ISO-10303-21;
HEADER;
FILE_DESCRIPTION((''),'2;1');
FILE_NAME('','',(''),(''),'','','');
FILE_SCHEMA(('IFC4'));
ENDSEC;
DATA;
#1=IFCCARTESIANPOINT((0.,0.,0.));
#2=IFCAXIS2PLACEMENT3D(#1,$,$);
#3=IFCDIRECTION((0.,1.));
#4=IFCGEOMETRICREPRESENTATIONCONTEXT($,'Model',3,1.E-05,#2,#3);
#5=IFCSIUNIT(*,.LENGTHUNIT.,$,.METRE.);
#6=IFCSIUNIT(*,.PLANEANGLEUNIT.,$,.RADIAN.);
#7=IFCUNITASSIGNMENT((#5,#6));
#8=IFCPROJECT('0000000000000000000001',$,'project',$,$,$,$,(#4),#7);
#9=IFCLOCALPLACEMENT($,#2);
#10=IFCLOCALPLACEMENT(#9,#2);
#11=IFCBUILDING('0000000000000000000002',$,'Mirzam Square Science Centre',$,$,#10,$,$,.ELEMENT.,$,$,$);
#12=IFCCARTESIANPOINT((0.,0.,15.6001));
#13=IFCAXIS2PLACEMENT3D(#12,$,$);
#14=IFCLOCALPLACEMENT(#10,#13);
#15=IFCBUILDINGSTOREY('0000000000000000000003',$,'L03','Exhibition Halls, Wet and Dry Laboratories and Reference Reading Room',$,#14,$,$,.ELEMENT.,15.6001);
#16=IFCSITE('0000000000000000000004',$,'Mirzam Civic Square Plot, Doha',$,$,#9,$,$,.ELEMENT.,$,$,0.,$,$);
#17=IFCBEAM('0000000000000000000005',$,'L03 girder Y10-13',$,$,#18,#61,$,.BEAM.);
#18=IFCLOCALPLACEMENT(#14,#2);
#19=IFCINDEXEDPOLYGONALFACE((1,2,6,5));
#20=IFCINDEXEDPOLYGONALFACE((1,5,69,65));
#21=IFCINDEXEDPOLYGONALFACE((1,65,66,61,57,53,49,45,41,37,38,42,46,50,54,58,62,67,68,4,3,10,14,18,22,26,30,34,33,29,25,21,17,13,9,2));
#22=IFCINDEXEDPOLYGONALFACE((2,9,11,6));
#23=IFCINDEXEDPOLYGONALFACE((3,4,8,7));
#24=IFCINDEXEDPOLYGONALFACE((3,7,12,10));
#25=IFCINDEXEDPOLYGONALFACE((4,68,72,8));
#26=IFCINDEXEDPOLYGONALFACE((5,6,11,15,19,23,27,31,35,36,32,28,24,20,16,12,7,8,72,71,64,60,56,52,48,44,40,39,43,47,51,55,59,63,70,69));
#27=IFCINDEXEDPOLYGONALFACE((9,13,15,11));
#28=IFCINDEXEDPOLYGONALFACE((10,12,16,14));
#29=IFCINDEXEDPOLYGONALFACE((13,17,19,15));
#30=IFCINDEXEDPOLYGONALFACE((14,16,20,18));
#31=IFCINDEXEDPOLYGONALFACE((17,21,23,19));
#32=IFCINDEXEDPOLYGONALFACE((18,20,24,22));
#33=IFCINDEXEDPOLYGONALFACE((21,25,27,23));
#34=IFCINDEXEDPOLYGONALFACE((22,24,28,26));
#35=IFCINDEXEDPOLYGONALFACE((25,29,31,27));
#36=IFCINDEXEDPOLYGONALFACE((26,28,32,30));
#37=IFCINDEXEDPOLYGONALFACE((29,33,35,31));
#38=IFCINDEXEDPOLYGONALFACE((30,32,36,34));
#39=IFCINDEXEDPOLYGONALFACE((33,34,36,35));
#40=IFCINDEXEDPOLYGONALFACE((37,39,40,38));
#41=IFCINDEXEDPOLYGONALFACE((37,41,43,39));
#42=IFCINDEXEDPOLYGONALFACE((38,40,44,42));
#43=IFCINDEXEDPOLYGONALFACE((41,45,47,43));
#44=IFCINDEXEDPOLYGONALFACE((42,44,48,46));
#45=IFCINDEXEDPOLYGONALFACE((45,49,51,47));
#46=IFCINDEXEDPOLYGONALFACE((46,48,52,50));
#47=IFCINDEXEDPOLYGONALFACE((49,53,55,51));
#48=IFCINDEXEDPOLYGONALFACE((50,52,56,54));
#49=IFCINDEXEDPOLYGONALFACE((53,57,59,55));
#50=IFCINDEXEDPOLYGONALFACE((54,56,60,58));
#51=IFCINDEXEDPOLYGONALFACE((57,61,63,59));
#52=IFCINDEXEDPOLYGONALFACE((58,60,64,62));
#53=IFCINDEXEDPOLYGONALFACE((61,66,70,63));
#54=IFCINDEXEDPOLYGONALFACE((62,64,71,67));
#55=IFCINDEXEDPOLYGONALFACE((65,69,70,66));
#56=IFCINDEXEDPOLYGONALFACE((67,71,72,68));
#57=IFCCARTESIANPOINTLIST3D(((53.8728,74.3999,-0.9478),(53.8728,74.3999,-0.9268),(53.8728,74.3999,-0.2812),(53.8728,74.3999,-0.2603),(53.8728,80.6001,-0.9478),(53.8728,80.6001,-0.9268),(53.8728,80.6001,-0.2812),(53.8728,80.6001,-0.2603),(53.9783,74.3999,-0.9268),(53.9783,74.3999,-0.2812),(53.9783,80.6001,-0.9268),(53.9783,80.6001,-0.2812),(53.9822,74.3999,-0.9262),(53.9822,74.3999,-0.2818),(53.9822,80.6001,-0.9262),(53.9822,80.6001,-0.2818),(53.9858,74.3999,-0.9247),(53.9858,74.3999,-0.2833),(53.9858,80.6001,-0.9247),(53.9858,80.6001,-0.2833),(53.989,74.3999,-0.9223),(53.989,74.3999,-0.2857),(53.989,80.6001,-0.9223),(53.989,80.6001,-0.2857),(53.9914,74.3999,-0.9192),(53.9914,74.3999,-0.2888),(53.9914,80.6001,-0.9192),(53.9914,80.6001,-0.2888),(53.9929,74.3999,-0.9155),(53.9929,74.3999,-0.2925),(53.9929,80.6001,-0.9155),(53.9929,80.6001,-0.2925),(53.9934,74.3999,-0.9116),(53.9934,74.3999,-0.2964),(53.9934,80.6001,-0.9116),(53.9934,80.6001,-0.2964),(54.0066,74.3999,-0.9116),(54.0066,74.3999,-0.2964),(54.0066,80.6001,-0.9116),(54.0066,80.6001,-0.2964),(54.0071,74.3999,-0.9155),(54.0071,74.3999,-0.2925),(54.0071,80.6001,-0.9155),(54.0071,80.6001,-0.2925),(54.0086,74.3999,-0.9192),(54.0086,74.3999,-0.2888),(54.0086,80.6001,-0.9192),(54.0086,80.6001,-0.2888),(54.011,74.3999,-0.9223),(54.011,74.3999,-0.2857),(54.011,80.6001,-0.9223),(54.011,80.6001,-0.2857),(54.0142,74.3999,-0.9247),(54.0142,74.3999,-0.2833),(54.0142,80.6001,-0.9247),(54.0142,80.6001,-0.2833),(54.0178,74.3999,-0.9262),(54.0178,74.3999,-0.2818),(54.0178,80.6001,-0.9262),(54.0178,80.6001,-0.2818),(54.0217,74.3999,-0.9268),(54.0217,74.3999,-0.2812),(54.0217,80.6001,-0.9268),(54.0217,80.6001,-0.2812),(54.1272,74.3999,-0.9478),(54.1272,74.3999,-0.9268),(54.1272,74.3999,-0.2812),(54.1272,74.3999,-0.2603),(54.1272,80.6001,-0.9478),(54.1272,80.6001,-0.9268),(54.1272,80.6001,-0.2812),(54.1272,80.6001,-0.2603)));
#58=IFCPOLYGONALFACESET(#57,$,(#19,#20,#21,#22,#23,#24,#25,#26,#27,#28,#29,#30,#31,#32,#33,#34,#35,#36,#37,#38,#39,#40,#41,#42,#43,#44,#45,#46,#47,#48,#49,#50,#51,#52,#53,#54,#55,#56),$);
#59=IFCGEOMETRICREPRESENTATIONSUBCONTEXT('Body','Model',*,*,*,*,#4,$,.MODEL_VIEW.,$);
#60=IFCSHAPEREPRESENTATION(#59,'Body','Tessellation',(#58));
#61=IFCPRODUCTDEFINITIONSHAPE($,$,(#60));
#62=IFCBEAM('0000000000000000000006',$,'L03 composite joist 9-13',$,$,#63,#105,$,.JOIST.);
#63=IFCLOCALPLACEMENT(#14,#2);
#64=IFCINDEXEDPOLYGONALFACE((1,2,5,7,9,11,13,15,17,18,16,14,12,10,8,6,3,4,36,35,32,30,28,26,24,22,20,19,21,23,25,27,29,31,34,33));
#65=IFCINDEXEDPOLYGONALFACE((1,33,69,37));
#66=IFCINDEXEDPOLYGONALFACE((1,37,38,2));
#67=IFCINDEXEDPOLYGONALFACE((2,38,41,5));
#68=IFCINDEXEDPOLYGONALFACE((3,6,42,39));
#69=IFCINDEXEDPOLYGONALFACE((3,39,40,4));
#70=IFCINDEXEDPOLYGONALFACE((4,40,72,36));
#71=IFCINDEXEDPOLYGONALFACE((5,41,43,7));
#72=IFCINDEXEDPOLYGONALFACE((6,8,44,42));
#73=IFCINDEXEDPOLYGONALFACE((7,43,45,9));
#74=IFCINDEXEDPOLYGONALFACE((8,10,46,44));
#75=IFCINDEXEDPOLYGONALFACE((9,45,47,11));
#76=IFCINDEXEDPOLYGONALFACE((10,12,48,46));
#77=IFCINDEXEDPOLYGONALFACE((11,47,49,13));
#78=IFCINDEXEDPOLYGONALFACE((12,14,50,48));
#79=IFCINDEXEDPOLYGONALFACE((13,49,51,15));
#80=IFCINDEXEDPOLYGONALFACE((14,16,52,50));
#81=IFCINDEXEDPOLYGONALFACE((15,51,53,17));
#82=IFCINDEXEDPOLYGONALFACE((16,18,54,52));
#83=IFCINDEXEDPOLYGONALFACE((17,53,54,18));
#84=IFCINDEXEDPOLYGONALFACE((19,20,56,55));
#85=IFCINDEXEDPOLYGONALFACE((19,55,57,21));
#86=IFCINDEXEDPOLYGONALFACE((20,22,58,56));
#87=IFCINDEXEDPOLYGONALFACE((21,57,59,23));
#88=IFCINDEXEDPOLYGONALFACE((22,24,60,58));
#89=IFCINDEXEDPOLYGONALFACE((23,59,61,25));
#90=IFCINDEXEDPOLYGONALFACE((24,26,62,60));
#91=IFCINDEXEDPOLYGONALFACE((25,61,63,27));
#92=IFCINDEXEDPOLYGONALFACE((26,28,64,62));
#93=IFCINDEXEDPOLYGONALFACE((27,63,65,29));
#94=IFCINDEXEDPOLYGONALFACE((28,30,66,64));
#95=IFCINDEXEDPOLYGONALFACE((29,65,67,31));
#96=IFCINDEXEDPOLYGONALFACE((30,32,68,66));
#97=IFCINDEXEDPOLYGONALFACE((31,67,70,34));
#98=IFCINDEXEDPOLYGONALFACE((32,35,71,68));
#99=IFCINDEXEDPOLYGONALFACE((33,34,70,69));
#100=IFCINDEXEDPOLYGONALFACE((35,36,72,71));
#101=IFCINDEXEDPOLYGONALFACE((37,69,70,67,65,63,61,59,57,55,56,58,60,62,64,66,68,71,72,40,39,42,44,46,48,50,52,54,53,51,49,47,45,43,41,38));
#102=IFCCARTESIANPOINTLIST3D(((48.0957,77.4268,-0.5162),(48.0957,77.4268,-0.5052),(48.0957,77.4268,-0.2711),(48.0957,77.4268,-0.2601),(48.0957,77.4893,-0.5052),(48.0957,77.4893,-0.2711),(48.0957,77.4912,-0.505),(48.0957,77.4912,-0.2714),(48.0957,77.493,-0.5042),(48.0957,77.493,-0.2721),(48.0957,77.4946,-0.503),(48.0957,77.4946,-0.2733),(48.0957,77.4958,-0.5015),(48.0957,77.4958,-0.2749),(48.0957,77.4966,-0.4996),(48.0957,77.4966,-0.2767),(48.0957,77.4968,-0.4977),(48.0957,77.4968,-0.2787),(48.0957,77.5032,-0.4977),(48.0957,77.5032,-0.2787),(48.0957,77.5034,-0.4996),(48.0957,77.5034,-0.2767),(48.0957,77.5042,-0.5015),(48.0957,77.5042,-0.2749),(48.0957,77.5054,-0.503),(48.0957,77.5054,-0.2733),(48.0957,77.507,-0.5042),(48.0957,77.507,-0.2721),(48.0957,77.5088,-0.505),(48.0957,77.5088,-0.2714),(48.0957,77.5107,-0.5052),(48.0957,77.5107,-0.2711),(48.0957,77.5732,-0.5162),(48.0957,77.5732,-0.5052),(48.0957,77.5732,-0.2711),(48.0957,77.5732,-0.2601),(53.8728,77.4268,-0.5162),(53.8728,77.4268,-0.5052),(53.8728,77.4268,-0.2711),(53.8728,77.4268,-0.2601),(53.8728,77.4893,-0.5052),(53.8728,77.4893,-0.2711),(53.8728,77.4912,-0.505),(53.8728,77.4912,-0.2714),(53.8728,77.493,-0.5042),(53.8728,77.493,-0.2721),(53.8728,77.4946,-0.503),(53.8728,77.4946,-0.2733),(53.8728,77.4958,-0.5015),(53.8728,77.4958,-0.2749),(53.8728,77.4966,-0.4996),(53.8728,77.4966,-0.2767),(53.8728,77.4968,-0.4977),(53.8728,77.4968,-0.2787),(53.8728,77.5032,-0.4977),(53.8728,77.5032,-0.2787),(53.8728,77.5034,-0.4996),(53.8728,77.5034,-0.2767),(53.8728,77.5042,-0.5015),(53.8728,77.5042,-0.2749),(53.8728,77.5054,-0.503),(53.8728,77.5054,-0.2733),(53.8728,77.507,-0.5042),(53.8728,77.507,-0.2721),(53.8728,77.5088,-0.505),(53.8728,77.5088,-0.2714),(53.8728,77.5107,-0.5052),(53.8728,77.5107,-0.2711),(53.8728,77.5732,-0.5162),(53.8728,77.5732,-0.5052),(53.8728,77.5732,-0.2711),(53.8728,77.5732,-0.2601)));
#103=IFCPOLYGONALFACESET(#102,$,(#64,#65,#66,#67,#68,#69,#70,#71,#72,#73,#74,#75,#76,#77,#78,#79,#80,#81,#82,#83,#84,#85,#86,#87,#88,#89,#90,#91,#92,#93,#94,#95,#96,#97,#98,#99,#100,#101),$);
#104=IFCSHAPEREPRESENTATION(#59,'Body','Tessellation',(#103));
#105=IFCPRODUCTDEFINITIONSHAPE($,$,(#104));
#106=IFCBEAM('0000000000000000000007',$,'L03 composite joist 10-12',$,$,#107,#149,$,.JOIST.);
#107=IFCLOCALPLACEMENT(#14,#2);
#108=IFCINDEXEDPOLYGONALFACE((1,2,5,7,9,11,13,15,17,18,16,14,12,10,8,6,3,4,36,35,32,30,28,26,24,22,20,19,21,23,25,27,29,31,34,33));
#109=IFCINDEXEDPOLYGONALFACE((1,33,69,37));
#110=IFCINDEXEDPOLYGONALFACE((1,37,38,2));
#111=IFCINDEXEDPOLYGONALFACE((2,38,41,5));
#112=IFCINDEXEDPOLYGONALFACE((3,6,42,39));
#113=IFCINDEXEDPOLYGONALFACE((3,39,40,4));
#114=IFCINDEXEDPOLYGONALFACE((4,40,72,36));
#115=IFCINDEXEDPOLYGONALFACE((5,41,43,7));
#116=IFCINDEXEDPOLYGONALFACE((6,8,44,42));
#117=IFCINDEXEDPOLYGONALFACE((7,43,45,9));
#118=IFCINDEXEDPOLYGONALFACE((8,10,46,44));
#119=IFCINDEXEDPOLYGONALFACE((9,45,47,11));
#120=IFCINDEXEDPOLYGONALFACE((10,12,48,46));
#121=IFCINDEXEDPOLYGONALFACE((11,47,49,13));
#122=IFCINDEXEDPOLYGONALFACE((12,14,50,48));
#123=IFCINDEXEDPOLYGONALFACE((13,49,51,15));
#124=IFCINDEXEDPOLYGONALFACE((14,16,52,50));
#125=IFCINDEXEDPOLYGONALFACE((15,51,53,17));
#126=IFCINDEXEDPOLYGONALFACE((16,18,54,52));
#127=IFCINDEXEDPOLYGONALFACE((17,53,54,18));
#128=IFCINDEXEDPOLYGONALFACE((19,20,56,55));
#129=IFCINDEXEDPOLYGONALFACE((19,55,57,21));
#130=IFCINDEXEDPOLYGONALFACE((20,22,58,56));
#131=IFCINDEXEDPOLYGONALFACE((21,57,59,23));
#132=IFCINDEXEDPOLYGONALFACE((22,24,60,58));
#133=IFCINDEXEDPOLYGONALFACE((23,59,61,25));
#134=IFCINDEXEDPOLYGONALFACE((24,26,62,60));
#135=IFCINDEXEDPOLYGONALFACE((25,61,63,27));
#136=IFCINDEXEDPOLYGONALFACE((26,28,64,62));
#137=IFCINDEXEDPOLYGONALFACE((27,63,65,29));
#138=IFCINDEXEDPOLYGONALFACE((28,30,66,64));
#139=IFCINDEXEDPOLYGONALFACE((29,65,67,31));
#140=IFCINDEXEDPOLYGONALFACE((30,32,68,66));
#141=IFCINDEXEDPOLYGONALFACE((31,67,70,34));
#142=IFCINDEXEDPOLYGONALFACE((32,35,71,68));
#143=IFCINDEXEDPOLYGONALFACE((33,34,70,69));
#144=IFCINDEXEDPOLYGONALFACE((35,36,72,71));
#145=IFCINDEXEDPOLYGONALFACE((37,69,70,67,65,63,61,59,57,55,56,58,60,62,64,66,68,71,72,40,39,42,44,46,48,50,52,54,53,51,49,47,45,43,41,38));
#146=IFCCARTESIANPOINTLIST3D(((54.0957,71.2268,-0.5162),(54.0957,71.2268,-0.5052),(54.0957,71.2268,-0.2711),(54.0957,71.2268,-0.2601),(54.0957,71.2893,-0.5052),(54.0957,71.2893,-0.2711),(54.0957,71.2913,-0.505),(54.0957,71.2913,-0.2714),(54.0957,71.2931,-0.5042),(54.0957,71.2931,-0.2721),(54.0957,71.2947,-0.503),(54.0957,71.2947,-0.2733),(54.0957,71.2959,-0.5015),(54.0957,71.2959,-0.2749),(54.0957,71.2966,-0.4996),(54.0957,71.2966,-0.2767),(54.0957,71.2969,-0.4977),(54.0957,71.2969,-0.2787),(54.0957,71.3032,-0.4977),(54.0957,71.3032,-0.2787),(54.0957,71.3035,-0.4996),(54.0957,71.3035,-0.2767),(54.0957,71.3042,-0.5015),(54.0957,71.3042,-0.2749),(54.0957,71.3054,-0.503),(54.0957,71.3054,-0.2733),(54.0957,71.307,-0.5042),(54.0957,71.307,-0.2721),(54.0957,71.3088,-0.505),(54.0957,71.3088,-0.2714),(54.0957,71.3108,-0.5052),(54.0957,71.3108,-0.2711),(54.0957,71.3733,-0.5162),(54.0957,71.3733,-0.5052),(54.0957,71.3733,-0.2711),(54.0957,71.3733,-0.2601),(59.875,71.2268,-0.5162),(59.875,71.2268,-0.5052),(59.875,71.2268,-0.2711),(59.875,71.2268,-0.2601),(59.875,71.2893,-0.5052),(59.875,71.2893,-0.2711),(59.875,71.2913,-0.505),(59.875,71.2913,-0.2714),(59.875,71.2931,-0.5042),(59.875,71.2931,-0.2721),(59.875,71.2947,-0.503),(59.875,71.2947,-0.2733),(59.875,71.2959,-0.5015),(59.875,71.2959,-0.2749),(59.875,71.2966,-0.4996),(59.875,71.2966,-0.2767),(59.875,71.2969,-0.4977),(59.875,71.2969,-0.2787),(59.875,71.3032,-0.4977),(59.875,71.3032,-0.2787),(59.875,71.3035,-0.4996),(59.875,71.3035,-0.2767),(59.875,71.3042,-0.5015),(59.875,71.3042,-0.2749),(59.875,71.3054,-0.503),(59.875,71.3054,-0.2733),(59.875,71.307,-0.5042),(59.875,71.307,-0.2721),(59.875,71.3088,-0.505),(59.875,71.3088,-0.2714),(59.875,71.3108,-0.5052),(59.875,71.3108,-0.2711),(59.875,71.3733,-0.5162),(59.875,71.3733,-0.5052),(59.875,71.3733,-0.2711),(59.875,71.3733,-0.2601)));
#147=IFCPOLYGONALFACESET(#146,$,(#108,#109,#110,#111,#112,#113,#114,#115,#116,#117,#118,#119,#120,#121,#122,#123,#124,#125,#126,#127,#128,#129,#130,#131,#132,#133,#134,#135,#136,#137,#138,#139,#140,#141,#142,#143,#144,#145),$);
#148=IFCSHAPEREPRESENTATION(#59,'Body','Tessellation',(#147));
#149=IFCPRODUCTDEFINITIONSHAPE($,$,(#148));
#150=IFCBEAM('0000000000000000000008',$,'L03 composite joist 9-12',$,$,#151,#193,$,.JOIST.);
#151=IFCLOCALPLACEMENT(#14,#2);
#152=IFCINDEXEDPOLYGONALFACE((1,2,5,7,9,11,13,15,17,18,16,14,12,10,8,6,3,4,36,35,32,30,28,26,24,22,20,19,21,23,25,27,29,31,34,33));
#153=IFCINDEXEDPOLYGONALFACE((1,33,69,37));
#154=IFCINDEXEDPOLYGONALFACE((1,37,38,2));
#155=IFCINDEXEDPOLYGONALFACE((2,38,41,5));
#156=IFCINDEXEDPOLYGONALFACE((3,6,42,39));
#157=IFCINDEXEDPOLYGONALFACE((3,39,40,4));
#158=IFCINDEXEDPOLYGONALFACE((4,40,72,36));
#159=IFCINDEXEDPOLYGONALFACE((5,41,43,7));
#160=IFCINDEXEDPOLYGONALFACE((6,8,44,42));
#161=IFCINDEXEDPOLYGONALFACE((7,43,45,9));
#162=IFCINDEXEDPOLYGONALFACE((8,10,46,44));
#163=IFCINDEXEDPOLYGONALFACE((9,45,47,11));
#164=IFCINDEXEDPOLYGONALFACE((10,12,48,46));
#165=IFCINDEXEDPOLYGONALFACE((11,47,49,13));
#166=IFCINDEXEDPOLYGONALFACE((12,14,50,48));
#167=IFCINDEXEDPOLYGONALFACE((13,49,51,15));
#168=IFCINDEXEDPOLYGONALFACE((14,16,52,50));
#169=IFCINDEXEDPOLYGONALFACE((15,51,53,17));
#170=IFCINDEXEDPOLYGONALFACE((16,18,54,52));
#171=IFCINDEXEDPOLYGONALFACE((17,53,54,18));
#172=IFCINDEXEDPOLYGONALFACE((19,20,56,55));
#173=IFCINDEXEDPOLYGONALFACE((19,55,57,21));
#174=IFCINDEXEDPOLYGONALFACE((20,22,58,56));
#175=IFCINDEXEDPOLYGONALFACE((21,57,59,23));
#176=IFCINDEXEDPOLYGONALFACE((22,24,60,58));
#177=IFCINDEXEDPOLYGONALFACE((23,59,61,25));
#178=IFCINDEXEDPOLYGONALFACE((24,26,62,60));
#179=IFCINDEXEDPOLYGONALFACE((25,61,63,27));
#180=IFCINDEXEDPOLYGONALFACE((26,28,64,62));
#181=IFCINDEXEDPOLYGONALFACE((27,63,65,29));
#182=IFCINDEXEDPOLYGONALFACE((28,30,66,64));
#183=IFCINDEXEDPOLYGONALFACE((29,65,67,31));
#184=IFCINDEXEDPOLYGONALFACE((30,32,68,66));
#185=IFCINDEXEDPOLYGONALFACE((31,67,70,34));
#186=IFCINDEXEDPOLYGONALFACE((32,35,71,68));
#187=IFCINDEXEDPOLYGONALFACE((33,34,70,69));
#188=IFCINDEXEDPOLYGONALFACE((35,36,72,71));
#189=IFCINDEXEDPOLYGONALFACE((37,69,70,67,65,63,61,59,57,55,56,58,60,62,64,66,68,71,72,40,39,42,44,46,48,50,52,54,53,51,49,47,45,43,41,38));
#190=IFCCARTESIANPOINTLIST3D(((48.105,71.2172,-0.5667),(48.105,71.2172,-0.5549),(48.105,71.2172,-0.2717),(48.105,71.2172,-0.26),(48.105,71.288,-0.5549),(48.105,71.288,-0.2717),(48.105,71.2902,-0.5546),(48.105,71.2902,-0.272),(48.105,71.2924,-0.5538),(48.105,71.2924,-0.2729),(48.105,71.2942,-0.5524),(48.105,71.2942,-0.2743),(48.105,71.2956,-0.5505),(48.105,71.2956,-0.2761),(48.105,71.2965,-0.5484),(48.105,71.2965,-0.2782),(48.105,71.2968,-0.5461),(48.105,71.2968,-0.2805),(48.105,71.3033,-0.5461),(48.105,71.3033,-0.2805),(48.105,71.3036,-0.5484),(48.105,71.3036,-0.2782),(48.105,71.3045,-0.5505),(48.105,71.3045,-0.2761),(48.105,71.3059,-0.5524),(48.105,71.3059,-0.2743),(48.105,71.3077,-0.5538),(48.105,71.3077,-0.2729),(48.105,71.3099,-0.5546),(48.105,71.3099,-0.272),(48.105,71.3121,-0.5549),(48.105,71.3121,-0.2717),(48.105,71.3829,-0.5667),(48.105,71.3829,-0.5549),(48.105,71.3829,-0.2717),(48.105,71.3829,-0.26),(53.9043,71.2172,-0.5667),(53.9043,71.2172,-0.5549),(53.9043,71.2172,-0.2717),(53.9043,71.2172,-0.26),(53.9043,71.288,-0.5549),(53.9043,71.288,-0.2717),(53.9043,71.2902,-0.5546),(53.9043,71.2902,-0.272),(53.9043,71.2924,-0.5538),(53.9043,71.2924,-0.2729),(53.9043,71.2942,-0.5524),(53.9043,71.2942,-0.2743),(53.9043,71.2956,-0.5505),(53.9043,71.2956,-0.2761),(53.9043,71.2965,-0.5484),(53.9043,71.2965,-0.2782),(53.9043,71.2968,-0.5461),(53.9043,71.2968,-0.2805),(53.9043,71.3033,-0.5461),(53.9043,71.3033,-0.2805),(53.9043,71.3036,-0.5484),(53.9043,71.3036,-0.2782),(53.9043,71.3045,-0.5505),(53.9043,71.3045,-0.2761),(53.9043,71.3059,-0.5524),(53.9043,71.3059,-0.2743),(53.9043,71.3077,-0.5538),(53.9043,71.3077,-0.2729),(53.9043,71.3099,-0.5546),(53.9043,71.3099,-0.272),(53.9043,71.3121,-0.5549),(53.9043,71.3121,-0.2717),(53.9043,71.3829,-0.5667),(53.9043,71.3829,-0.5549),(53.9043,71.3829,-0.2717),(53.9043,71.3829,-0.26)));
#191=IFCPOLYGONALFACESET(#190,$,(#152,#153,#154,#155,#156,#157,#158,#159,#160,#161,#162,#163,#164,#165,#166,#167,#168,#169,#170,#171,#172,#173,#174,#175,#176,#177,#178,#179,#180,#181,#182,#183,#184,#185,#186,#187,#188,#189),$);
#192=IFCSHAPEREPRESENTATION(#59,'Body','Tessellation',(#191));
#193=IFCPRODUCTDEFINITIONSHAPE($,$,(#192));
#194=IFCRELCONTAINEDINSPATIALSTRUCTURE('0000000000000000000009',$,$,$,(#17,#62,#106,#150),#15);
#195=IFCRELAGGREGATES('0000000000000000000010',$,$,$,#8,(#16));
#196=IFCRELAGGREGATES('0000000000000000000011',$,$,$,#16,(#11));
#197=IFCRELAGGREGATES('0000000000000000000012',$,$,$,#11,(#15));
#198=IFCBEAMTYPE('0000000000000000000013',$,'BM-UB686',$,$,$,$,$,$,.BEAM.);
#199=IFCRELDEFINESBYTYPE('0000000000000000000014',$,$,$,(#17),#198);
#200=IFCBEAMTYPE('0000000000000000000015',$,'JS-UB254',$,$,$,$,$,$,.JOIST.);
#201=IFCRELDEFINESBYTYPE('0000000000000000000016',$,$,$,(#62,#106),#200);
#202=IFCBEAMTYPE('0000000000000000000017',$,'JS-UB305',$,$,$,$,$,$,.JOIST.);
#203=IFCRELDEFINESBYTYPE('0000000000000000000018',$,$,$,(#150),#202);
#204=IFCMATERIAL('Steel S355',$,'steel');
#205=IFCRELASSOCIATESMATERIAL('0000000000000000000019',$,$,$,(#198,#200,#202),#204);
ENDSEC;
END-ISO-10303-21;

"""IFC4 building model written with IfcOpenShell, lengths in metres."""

from ifc_helpers import new_model, si_unit, direction, frame, origin, origin_2d, place, context, subcontext, project, spatial, i_section, extrude, material, material_profile, profile_set, type_object, element, save


model = new_model("IFC4")

# Units and contexts
model_context = context("Model", 3, precision=1e-05, world=origin(), true_north=direction((0.0, 1.0)))
body_context = subcontext(model_context, "Body", "Model", "MODEL_VIEW")
ifc_project = project(units=[si_unit("LENGTHUNIT", "METRE"), si_unit("PLANEANGLEUNIT", "RADIAN")], contexts=[model_context])

# Site, building, storey
site_placement = place(None, origin())
site = spatial("IfcSite", under=ifc_project, at=site_placement, Name="Mirzam Civic Square Plot, Doha", CompositionType="ELEMENT", RefElevation=0.0)
building_placement = place(site_placement, origin())
building = spatial("IfcBuilding", under=site, at=building_placement, Name="Mirzam Square Science Centre", CompositionType="ELEMENT")
storey_placement = place(building_placement, frame((0.0, 0.0, 15.6001)))
storey = spatial("IfcBuildingStorey", under=building, at=storey_placement, Name="L03", Description="Exhibition Halls, Wet and Dry Laboratories and Reference Reading Room", CompositionType="ELEMENT", Elevation=15.6001)

# Shared definitions
ifc_material_1 = material(Name="Steel S355", Category="steel")

# Beams
ifc_material_profile_1 = material_profile(ifc_material_1, i_section(OverallWidth=0.2544, OverallDepth=0.6875, WebThickness=0.0132, FlangeThickness=0.021, FilletRadius=0.0151, at=origin_2d()), Name="686x254x152UB")
ifc_profile_set_1 = profile_set([ifc_material_profile_1], Name="Steel S355")
beam_type_1 = type_object("IfcBeamType", Name="BM-UB686", PredefinedType="BEAM", material=ifc_profile_set_1)
beam_1_placement = place(storey_placement, frame((54.0, 74.3999, -0.604), z_axis=(0.0, 1.0, 0.0), x_axis=(-1.0, 0.0, 0.0)))
element("IfcBeam", 1, at=beam_1_placement, inside=storey, type_object=beam_type_1, Name="L03 girder Y10-13", PredefinedType="BEAM", context=body_context, shape_type="SweptSolid", body=[
    extrude(i_section(OverallWidth=0.2544, OverallDepth=0.6875, WebThickness=0.0132, FlangeThickness=0.021, FilletRadius=0.0151, at=origin_2d()), origin(), (0.0, 0.0, 1.0), 6.2002),
])
ifc_material_profile_2 = material_profile(ifc_material_1, i_section(OverallWidth=0.1465, OverallDepth=0.2561, WebThickness=0.0063, FlangeThickness=0.011, FilletRadius=0.0076, at=origin_2d()), Name="254x146x37UB")
ifc_profile_set_2 = profile_set([ifc_material_profile_2], Name="Steel S355")
beam_type_2 = type_object("IfcBeamType", Name="JS-UB254", PredefinedType="JOIST", material=ifc_profile_set_2)
beam_2_placement = place(storey_placement, frame((48.0957, 77.5, -0.3882), z_axis=(1.0, 0.0, 0.0), x_axis=(0.0, 1.0, 0.0)))
element("IfcBeam", 2, at=beam_2_placement, inside=storey, type_object=beam_type_2, Name="L03 composite joist 9-13", PredefinedType="JOIST", context=body_context, shape_type="SweptSolid", body=[
    extrude(i_section(OverallWidth=0.1465, OverallDepth=0.2561, WebThickness=0.0063, FlangeThickness=0.011, FilletRadius=0.0076, at=origin_2d()), origin(), (0.0, 0.0, 1.0), 5.7771),
])
beam_3_placement = place(storey_placement, frame((54.0957, 71.3, -0.3882), z_axis=(1.0, 0.0, 0.0), x_axis=(0.0, 1.0, 0.0)))
element("IfcBeam", 3, at=beam_3_placement, inside=storey, type_object=beam_type_2, Name="L03 composite joist 10-12", PredefinedType="JOIST", context=body_context, shape_type="SweptSolid", body=[
    extrude(i_section(OverallWidth=0.1465, OverallDepth=0.2561, WebThickness=0.0063, FlangeThickness=0.011, FilletRadius=0.0076, at=origin_2d()), origin(), (0.0, 0.0, 1.0), 5.7793),
])
ifc_material_profile_3 = material_profile(ifc_material_1, i_section(OverallWidth=0.1658, OverallDepth=0.3066, WebThickness=0.0066, FlangeThickness=0.0117, FilletRadius=0.0088, at=origin_2d()), Name="305x165x46UB")
ifc_profile_set_3 = profile_set([ifc_material_profile_3], Name="Steel S355")
beam_type_3 = type_object("IfcBeamType", Name="JS-UB305", PredefinedType="JOIST", material=ifc_profile_set_3)
beam_4_placement = place(storey_placement, frame((48.105, 71.3, -0.4133), z_axis=(1.0, 0.0, 0.0), x_axis=(0.0, 1.0, 0.0)))
element("IfcBeam", 4, at=beam_4_placement, inside=storey, type_object=beam_type_3, Name="L03 composite joist 9-12", PredefinedType="JOIST", context=body_context, shape_type="SweptSolid", body=[
    extrude(i_section(OverallWidth=0.1658, OverallDepth=0.3066, WebThickness=0.0066, FlangeThickness=0.0117, FilletRadius=0.0088, at=origin_2d()), origin(), (0.0, 0.0, 1.0), 5.7993),
])

save(model, "model.ifc")
